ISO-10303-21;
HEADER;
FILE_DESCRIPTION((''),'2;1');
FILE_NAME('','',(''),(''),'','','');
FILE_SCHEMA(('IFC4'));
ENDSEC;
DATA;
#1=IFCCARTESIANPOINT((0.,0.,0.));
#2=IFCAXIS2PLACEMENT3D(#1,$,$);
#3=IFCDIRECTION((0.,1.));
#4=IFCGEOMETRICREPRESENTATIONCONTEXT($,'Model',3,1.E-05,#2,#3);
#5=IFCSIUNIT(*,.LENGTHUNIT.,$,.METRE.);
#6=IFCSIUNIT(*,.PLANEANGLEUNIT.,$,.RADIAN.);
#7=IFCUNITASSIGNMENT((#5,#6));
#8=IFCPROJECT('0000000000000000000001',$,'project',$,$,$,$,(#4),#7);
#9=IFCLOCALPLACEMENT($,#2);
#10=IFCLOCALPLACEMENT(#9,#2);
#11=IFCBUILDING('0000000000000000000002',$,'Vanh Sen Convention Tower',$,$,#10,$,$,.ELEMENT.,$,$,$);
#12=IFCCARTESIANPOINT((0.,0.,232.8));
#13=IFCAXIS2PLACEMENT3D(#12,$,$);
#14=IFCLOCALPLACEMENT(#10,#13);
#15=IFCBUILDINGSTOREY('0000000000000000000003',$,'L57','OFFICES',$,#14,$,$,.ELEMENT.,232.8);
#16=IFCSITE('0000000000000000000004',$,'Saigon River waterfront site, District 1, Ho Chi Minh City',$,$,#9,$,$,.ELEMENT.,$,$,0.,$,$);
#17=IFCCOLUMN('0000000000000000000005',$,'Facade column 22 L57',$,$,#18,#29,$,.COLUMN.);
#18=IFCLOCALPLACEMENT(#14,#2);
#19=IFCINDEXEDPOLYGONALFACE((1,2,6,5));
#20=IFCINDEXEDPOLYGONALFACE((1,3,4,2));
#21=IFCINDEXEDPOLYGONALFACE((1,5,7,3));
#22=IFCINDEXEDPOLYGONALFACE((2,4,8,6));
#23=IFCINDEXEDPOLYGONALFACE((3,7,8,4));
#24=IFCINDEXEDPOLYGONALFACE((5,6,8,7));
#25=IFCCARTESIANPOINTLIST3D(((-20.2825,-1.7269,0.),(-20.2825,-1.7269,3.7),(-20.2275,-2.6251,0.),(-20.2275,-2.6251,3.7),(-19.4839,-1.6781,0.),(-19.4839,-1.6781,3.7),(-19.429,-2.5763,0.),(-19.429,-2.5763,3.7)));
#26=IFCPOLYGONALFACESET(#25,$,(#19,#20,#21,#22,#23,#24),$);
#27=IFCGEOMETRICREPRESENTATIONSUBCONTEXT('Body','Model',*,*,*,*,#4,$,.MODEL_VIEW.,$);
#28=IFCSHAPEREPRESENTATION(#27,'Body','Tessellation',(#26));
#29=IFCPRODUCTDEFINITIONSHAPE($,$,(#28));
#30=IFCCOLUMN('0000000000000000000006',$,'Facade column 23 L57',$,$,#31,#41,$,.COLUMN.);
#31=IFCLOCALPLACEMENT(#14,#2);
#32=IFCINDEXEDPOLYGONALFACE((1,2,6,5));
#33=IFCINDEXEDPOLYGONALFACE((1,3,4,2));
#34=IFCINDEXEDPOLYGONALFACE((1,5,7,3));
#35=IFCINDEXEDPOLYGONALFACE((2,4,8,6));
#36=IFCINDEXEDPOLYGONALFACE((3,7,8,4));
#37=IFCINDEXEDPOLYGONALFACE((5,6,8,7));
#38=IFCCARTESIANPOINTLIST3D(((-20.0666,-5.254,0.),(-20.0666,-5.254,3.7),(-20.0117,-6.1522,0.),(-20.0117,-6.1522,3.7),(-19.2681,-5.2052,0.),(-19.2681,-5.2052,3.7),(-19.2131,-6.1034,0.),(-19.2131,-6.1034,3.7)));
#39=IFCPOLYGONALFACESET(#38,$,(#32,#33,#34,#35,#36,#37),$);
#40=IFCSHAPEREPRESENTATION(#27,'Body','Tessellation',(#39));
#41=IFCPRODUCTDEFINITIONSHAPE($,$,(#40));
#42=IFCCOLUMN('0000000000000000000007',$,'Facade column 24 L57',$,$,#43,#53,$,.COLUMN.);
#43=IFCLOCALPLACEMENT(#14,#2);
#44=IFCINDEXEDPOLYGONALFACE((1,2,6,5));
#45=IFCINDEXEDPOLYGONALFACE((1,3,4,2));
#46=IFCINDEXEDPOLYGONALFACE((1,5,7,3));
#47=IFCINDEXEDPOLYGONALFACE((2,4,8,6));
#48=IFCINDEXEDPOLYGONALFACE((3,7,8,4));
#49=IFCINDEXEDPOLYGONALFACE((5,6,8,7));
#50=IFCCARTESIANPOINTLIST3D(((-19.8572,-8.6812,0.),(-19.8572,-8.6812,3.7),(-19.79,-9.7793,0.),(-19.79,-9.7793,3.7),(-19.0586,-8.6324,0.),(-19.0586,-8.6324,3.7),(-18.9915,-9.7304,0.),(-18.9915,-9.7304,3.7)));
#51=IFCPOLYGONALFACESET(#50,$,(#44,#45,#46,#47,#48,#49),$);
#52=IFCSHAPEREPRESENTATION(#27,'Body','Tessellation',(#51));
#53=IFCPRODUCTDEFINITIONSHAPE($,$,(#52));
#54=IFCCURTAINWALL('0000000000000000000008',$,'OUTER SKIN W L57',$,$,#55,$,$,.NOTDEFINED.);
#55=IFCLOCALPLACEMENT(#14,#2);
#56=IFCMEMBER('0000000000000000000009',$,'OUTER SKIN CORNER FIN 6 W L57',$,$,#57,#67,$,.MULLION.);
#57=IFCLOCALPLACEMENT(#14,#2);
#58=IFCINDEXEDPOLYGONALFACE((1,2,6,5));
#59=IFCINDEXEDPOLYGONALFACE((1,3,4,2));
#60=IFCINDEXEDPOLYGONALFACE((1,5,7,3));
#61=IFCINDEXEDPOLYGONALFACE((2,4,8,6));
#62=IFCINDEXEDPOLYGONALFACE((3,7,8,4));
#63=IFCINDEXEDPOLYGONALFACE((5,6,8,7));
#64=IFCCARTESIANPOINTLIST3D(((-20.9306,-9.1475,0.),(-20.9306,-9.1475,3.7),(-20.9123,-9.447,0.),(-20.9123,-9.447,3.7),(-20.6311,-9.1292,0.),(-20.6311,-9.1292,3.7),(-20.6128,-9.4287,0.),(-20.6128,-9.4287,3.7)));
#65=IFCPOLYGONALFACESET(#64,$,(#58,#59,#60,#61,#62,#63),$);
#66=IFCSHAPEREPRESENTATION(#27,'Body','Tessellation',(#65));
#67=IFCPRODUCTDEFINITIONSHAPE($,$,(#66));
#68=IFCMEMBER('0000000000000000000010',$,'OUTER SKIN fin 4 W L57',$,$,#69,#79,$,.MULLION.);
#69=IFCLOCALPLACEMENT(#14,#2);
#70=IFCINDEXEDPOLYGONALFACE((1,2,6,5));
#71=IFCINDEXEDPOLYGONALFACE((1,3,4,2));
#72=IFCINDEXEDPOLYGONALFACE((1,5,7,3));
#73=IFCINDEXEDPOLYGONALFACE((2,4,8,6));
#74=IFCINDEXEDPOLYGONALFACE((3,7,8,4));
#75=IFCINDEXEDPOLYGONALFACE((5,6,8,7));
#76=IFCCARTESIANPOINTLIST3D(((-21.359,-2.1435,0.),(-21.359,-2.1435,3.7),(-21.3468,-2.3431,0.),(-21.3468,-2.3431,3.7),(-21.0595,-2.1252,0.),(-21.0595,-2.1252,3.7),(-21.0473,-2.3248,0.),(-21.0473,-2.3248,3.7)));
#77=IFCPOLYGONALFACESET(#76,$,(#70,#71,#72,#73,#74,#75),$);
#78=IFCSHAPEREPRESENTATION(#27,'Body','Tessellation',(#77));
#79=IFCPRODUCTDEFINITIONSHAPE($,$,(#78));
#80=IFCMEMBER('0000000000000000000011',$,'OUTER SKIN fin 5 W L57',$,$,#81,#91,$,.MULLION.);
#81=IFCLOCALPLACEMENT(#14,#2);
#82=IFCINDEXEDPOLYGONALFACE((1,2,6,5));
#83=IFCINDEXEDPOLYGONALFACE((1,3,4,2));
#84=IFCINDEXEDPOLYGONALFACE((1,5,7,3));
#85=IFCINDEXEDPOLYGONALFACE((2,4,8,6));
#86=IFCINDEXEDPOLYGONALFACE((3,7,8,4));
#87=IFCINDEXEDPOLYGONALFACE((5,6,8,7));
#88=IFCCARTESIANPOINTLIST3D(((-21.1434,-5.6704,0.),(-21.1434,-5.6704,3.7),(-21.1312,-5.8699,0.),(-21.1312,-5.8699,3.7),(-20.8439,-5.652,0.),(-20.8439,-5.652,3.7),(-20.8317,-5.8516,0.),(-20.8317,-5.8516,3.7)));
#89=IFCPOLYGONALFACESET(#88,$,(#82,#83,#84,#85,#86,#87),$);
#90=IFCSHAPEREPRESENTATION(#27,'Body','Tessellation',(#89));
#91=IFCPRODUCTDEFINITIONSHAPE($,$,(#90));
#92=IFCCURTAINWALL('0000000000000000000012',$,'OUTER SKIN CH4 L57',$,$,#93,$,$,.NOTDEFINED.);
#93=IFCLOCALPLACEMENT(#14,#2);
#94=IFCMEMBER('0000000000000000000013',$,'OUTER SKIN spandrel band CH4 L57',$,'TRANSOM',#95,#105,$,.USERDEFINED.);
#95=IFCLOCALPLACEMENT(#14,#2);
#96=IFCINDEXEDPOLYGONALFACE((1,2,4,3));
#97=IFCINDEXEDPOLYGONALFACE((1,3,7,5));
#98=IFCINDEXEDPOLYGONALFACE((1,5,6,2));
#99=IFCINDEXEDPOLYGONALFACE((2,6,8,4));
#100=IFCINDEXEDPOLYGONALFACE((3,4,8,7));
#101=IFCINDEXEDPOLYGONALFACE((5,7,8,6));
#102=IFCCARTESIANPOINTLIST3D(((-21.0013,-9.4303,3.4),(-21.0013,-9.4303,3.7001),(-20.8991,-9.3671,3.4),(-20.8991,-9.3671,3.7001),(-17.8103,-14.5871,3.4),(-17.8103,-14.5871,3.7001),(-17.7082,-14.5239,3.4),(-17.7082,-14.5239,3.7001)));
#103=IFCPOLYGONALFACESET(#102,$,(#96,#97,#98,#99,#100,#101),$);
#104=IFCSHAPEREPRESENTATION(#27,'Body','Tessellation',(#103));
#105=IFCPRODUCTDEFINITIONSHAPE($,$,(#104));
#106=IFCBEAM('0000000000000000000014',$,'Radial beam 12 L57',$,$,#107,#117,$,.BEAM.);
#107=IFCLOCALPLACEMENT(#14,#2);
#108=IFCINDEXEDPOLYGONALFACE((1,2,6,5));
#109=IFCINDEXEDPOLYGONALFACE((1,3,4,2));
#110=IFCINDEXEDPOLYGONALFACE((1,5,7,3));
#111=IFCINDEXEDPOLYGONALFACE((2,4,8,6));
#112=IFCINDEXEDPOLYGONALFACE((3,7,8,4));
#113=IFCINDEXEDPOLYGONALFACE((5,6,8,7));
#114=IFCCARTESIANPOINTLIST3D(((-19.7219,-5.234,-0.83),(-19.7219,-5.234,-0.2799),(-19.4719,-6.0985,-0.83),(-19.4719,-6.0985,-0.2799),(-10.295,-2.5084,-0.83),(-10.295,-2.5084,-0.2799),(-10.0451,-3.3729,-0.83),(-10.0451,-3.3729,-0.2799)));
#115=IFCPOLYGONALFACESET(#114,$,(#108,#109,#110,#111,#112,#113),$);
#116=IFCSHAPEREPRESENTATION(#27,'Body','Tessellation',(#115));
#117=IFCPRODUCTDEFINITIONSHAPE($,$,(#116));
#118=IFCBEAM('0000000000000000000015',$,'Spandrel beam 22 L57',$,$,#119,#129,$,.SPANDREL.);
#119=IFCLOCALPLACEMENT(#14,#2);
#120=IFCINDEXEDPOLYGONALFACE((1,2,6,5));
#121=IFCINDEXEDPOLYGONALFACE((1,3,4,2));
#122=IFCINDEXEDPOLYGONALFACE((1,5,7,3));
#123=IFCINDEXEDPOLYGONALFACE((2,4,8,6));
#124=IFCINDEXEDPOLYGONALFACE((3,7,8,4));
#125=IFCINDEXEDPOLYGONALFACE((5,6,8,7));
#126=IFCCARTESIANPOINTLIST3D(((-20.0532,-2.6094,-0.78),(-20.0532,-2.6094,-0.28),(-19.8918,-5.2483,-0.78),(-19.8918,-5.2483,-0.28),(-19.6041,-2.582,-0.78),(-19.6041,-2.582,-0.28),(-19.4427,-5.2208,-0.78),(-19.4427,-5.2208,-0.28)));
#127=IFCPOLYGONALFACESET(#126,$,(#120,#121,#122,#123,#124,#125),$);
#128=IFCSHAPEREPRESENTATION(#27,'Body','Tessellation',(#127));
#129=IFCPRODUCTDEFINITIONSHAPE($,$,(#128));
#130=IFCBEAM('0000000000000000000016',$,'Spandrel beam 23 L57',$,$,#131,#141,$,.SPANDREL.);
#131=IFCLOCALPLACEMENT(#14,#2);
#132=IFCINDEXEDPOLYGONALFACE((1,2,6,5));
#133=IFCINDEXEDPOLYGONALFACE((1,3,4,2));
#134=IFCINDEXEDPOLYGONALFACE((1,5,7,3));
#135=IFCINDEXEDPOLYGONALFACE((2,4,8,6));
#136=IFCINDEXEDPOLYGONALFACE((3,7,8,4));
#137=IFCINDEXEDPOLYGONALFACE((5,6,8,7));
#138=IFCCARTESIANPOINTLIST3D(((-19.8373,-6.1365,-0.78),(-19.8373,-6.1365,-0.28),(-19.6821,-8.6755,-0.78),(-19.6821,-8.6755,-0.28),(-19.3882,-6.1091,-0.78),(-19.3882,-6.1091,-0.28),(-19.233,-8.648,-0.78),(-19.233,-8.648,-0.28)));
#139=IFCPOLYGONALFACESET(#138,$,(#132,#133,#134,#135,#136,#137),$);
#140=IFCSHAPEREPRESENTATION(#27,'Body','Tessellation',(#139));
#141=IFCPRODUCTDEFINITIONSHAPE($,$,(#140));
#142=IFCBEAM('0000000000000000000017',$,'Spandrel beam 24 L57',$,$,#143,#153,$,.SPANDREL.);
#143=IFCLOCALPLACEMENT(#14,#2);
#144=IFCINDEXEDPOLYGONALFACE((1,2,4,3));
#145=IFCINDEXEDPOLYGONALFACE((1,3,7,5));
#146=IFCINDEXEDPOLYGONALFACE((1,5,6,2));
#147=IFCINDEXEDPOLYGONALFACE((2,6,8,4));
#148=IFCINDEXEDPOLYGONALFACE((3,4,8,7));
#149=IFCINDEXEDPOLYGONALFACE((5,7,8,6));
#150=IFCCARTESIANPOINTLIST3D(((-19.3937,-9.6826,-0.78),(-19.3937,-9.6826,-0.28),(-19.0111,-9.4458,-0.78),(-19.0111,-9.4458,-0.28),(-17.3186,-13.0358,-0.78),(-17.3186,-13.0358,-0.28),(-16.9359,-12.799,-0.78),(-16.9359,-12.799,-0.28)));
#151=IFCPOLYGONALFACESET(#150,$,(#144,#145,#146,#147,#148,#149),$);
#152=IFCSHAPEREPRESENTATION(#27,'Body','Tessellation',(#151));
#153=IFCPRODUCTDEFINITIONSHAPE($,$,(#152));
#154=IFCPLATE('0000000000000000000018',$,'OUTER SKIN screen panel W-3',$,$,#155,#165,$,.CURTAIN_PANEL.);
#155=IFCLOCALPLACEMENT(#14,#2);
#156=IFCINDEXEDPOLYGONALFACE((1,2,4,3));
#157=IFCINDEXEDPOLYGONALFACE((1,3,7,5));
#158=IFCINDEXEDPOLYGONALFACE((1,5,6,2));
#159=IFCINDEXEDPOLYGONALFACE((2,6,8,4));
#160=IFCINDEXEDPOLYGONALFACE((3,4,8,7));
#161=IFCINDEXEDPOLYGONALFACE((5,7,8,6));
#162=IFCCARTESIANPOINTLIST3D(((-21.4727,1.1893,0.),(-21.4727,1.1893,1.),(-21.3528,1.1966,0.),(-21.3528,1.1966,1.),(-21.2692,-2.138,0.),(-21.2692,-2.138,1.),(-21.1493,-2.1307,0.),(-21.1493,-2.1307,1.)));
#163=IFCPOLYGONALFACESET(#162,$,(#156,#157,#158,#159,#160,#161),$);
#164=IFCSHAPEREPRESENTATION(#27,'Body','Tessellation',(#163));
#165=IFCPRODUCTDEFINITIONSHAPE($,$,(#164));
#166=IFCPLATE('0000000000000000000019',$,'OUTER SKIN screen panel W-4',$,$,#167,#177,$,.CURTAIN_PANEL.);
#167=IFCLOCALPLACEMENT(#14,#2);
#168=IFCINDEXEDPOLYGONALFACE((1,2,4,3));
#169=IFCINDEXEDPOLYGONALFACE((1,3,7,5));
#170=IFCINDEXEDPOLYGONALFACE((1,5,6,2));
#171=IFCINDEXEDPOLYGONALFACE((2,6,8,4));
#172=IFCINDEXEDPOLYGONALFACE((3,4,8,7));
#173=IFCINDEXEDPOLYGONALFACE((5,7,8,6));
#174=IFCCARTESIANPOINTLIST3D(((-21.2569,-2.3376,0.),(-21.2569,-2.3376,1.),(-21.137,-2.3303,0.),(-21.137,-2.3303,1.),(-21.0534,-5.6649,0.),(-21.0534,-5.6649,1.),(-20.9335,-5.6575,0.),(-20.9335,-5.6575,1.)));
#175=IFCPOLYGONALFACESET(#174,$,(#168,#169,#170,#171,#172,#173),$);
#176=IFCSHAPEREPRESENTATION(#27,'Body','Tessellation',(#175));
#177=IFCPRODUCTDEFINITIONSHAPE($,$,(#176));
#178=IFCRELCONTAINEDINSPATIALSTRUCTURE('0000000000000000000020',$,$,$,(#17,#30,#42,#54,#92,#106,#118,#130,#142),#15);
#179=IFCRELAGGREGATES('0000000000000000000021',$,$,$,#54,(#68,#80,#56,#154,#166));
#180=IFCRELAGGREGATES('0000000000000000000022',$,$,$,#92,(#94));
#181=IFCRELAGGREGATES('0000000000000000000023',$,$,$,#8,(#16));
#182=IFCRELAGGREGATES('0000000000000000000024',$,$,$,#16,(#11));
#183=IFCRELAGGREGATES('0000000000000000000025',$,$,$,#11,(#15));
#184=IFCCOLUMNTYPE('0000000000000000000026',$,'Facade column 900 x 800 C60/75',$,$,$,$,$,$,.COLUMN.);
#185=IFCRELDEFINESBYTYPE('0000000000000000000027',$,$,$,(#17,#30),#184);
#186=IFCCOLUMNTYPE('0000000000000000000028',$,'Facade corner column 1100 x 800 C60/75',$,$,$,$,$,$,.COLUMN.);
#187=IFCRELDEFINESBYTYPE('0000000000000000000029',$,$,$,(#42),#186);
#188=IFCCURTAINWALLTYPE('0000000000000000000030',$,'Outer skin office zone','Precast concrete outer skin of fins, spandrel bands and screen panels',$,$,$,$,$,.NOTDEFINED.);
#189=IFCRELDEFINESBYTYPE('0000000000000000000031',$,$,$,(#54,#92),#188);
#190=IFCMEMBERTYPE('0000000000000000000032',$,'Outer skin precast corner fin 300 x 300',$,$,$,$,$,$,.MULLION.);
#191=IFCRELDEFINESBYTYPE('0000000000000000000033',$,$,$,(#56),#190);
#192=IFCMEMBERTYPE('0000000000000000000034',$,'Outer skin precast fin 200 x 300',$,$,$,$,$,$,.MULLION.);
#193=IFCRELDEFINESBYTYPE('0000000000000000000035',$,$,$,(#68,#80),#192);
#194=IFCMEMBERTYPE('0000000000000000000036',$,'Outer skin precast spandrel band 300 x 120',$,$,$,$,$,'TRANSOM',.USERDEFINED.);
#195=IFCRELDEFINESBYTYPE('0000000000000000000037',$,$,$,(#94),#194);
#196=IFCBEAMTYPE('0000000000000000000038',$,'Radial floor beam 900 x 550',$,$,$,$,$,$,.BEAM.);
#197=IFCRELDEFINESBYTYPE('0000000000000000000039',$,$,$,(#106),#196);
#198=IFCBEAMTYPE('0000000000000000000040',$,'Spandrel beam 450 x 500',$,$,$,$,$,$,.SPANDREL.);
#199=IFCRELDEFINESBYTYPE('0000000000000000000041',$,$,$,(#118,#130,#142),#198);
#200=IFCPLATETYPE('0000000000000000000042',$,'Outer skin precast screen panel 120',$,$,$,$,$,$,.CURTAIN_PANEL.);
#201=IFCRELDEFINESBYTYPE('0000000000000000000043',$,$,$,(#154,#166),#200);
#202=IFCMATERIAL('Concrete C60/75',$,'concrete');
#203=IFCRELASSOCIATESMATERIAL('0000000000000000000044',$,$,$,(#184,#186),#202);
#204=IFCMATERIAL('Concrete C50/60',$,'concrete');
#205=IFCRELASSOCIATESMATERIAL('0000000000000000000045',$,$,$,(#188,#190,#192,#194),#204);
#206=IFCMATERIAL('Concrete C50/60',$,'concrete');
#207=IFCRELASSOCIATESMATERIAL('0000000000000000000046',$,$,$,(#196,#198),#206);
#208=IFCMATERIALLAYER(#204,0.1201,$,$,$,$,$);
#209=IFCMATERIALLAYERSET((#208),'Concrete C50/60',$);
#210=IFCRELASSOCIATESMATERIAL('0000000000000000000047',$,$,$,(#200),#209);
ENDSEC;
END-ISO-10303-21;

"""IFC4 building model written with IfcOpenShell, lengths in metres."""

from ifc_helpers import new_model, si_unit, direction, frame, origin, origin_2d, place, context, subcontext, project, spatial, rectangle, extrude, material, layer, layer_set, material_profile, profile_set, type_object, element, aggregate, save


model = new_model("IFC4")

# Units and contexts
model_context = context("Model", 3, precision=1e-05, world=origin(), true_north=direction((0.0, 1.0)))
body_context = subcontext(model_context, "Body", "Model", "MODEL_VIEW")
ifc_project = project(units=[si_unit("LENGTHUNIT", "METRE"), si_unit("PLANEANGLEUNIT", "RADIAN")], contexts=[model_context])

# Site, building, storey
site_placement = place(None, origin())
site = spatial("IfcSite", under=ifc_project, at=site_placement, Name="Saigon River waterfront site, District 1, Ho Chi Minh City", CompositionType="ELEMENT", RefElevation=0.0)
building_placement = place(site_placement, origin())
building = spatial("IfcBuilding", under=site, at=building_placement, Name="Vanh Sen Convention Tower", CompositionType="ELEMENT")
storey_placement = place(building_placement, frame((0.0, 0.0, 232.8)))
storey = spatial("IfcBuildingStorey", under=building, at=storey_placement, Name="L57", Description="OFFICES", CompositionType="ELEMENT", Elevation=232.8)

# Columns
ifc_material_1 = material(Name="Concrete C60/75", Category="concrete")
ifc_material_profile_1 = material_profile(ifc_material_1, rectangle(XDim=0.8999, YDim=0.8, at=origin_2d()), Name="RC 900X800")
ifc_profile_set_1 = profile_set([ifc_material_profile_1], Name="Concrete C60/75")
column_type_1 = type_object("IfcColumnType", Name="Facade column 900 x 800 C60/75", PredefinedType="COLUMN", material=ifc_profile_set_1)
for number, where, z_axis, x_axis, name in (
    (1, (-19.8557, -2.1516, 0.0), (0.0, 0.0, 1.0), (0.061049, -0.998135, 0.0), "Facade column 22 L57"),
    (2, (-19.6399, -5.6787, 0.0), (0.0, 0.0, 1.0), (0.061049, -0.998135, 0.0), "Facade column 23 L57"),
):
    element("IfcColumn", number, at=place(storey_placement, frame(where, z_axis=z_axis, x_axis=x_axis)), inside=storey, type_object=column_type_1, Name=name, PredefinedType="COLUMN", context=body_context, shape_type="SweptSolid", body=[
        extrude(rectangle(XDim=0.8999, YDim=0.8, at=origin_2d()), origin(), (0.0, 0.0, 1.0), 3.7),
    ])
ifc_material_profile_2 = material_profile(ifc_material_1, rectangle(XDim=1.1001, YDim=0.8, at=origin_2d()), Name="RC 1100X800")
ifc_profile_set_2 = profile_set([ifc_material_profile_2], Name="Concrete C60/75")
column_type_2 = type_object("IfcColumnType", Name="Facade corner column 1100 x 800 C60/75", PredefinedType="COLUMN", material=ifc_profile_set_2)
column_placement = place(storey_placement, frame((-19.4243, -9.2058, 0.0), z_axis=(0.0, 0.0, 1.0), x_axis=(0.061049, -0.998135, 0.0)))
element("IfcColumn", 3, at=column_placement, inside=storey, type_object=column_type_2, Name="Facade column 24 L57", PredefinedType="COLUMN", context=body_context, shape_type="SweptSolid", body=[
    extrude(rectangle(XDim=1.1001, YDim=0.8, at=origin_2d()), origin(), (0.0, 0.0, 1.0), 3.7),
])

# Curtain wall, members
ifc_material_2 = material(Name="Concrete C50/60", Category="concrete")
curtain_wall_type = type_object("IfcCurtainWallType", Name="Outer skin office zone", Description="Precast concrete outer skin of fins, spandrel bands and screen panels", PredefinedType="NOTDEFINED", material=ifc_material_2)
curtain_wall_1_placement = place(storey_placement, origin())
curtain_wall_1 = element("IfcCurtainWall", 4, at=curtain_wall_1_placement, inside=storey, type_object=curtain_wall_type, Name="OUTER SKIN W L57", PredefinedType="NOTDEFINED")
ifc_material_profile_3 = material_profile(ifc_material_2, rectangle(XDim=0.3, YDim=0.3, at=origin_2d()), Name="Outer skin precast corner fin 300 x 300")
ifc_profile_set_3 = profile_set([ifc_material_profile_3], Name="Concrete C50/60")
member_type_1 = type_object("IfcMemberType", Name="Outer skin precast corner fin 300 x 300", PredefinedType="MULLION", material=ifc_profile_set_3)
member_1_placement = place(storey_placement, frame((-20.7717, -9.2881, 0.0), z_axis=(0.0, 0.0, 1.0), x_axis=(0.061049, -0.998135, 0.0)))
member_1 = element("IfcMember", 5, at=member_1_placement, type_object=member_type_1, Name="OUTER SKIN CORNER FIN 6 W L57", PredefinedType="MULLION", context=body_context, shape_type="SweptSolid", body=[
    extrude(rectangle(XDim=0.3, YDim=0.3, at=origin_2d()), origin(), (0.0, 0.0, 1.0), 3.7),
])
ifc_material_profile_4 = material_profile(ifc_material_2, rectangle(XDim=0.2, YDim=0.3, at=origin_2d()), Name="Outer skin precast fin 200 x 300")
ifc_profile_set_4 = profile_set([ifc_material_profile_4], Name="Concrete C50/60")
member_type_2 = type_object("IfcMemberType", Name="Outer skin precast fin 200 x 300", PredefinedType="MULLION", material=ifc_profile_set_4)
member_2_placement = place(storey_placement, frame((-21.2031, -2.2341, 0.0), z_axis=(0.0, 0.0, 1.0), x_axis=(0.061049, -0.998135, 0.0)))
member_2 = element("IfcMember", 6, at=member_2_placement, type_object=member_type_2, Name="OUTER SKIN fin 4 W L57", PredefinedType="MULLION", context=body_context, shape_type="SweptSolid", body=[
    extrude(rectangle(XDim=0.2, YDim=0.3, at=origin_2d()), origin(), (0.0, 0.0, 1.0), 3.7),
])
member_3_placement = place(storey_placement, frame((-20.9875, -5.761, 0.0), z_axis=(0.0, 0.0, 1.0), x_axis=(0.061049, -0.998135, 0.0)))
member_3 = element("IfcMember", 7, at=member_3_placement, type_object=member_type_2, Name="OUTER SKIN fin 5 W L57", PredefinedType="MULLION", context=body_context, shape_type="SweptSolid", body=[
    extrude(rectangle(XDim=0.2, YDim=0.3, at=origin_2d()), origin(), (0.0, 0.0, 1.0), 3.7),
])

# Curtain wall, member
curtain_wall_2_placement = place(storey_placement, origin())
curtain_wall_2 = element("IfcCurtainWall", 8, at=curtain_wall_2_placement, inside=storey, type_object=curtain_wall_type, Name="OUTER SKIN CH4 L57", PredefinedType="NOTDEFINED")
ifc_material_profile_5 = material_profile(ifc_material_2, rectangle(XDim=0.1201, YDim=0.3, at=origin_2d()), Name="Outer skin precast spandrel band 300 x 120")
ifc_profile_set_5 = profile_set([ifc_material_profile_5], Name="Concrete C50/60")
member_type_3 = type_object("IfcMemberType", Name="Outer skin precast spandrel band 300 x 120", ElementType="TRANSOM", PredefinedType="USERDEFINED", material=ifc_profile_set_5)
member_4_placement = place(storey_placement, frame((-20.9502, -9.3987, 3.55), z_axis=(0.526194, -0.850365, 0.0), x_axis=(0.850365, 0.526194, 0.0)))
member_4 = element("IfcMember", 9, at=member_4_placement, type_object=member_type_3, Name="OUTER SKIN spandrel band CH4 L57", ObjectType="TRANSOM", PredefinedType="USERDEFINED", context=body_context, shape_type="SweptSolid", body=[
    extrude(rectangle(XDim=0.1201, YDim=0.3, at=origin_2d()), origin(), (0.0, 0.0, 1.0), 6.0642),
])

# Beams
ifc_material_3 = material(Name="Concrete C50/60", Category="concrete")
ifc_material_profile_6 = material_profile(ifc_material_3, rectangle(XDim=0.8999, YDim=0.55, at=origin_2d()), Name="RC 900X550")
ifc_profile_set_6 = profile_set([ifc_material_profile_6], Name="Concrete C50/60")
beam_type_1 = type_object("IfcBeamType", Name="Radial floor beam 900 x 550", PredefinedType="BEAM", material=ifc_profile_set_6)
beam_1_placement = place(storey_placement, frame((-19.5969, -5.6663, -0.5549), z_axis=(0.960652, 0.277756, 0.0), x_axis=(-0.277756, 0.960652, 0.0)))
element("IfcBeam", 10, at=beam_1_placement, inside=storey, type_object=beam_type_1, Name="Radial beam 12 L57", PredefinedType="BEAM", context=body_context, shape_type="SweptSolid", body=[
    extrude(rectangle(XDim=0.8999, YDim=0.55, at=origin_2d()), origin(), (0.0, 0.0, 1.0), 9.813),
])
ifc_material_profile_7 = material_profile(ifc_material_3, rectangle(XDim=0.45, YDim=0.5, at=origin_2d()), Name="RC 450X500")
ifc_profile_set_7 = profile_set([ifc_material_profile_7], Name="Concrete C50/60")
beam_type_2 = type_object("IfcBeamType", Name="Spandrel beam 450 x 500", PredefinedType="SPANDREL", material=ifc_profile_set_7)
beam_2_placement = place(storey_placement, frame((-19.8286, -2.5957, -0.53), z_axis=(0.061039, -0.998135, 0.0), x_axis=(0.998135, 0.061039, 0.0)))
element("IfcBeam", 11, at=beam_2_placement, inside=storey, type_object=beam_type_2, Name="Spandrel beam 22 L57", PredefinedType="SPANDREL", context=body_context, shape_type="SweptSolid", body=[
    extrude(rectangle(XDim=0.45, YDim=0.5, at=origin_2d()), origin(), (0.0, 0.0, 1.0), 2.6438),
])
beam_3_placement = place(storey_placement, frame((-19.6128, -6.1228, -0.53), z_axis=(0.06104, -0.998135, 0.0), x_axis=(0.998135, 0.06104, 0.0)))
element("IfcBeam", 12, at=beam_3_placement, inside=storey, type_object=beam_type_2, Name="Spandrel beam 23 L57", PredefinedType="SPANDREL", context=body_context, shape_type="SweptSolid", body=[
    extrude(rectangle(XDim=0.45, YDim=0.5, at=origin_2d()), origin(), (0.0, 0.0, 1.0), 2.5437),
])
beam_4_placement = place(storey_placement, frame((-19.2024, -9.5642, -0.53), z_axis=(0.526237, -0.850338, 0.0), x_axis=(0.850338, 0.526237, 0.0)))
element("IfcBeam", 13, at=beam_4_placement, inside=storey, type_object=beam_type_2, Name="Spandrel beam 24 L57", PredefinedType="SPANDREL", context=body_context, shape_type="SweptSolid", body=[
    extrude(rectangle(XDim=0.45, YDim=0.5, at=origin_2d()), origin(), (0.0, 0.0, 1.0), 3.9434),
])

# Plates
ifc_layer_1 = layer(ifc_material_2, 0.1201)
ifc_layer_set_1 = layer_set([ifc_layer_1], Name="Concrete C50/60")
plate_type = type_object("IfcPlateType", Name="Outer skin precast screen panel 120", PredefinedType="CURTAIN_PANEL", material=ifc_layer_set_1)
plate_1_placement = place(storey_placement, frame((-21.311, -0.4707, 0.0), z_axis=(0.0, 0.0, 1.0), x_axis=(0.061043, -0.998135, 0.0)))
plate_1 = element("IfcPlate", 14, at=plate_1_placement, type_object=plate_type, Name="OUTER SKIN screen panel W-3", PredefinedType="CURTAIN_PANEL", context=body_context, shape_type="SweptSolid", body=[
    extrude(rectangle(XDim=3.3335, YDim=0.1201, at=origin_2d()), origin(), (0.0, 0.0, 1.0), 1.0),
])
plate_2_placement = place(storey_placement, frame((-21.0952, -3.9976, 0.0), z_axis=(0.0, 0.0, 1.0), x_axis=(0.061043, -0.998135, 0.0)))
plate_2 = element("IfcPlate", 15, at=plate_2_placement, type_object=plate_type, Name="OUTER SKIN screen panel W-4", PredefinedType="CURTAIN_PANEL", context=body_context, shape_type="SweptSolid", body=[
    extrude(rectangle(XDim=3.3335, YDim=0.1201, at=origin_2d()), origin(), (0.0, 0.0, 1.0), 1.0),
])
aggregate(curtain_wall_1, [member_2, member_3, member_1, plate_1, plate_2])
aggregate(curtain_wall_2, [member_4])

save(model, "model.ifc")
